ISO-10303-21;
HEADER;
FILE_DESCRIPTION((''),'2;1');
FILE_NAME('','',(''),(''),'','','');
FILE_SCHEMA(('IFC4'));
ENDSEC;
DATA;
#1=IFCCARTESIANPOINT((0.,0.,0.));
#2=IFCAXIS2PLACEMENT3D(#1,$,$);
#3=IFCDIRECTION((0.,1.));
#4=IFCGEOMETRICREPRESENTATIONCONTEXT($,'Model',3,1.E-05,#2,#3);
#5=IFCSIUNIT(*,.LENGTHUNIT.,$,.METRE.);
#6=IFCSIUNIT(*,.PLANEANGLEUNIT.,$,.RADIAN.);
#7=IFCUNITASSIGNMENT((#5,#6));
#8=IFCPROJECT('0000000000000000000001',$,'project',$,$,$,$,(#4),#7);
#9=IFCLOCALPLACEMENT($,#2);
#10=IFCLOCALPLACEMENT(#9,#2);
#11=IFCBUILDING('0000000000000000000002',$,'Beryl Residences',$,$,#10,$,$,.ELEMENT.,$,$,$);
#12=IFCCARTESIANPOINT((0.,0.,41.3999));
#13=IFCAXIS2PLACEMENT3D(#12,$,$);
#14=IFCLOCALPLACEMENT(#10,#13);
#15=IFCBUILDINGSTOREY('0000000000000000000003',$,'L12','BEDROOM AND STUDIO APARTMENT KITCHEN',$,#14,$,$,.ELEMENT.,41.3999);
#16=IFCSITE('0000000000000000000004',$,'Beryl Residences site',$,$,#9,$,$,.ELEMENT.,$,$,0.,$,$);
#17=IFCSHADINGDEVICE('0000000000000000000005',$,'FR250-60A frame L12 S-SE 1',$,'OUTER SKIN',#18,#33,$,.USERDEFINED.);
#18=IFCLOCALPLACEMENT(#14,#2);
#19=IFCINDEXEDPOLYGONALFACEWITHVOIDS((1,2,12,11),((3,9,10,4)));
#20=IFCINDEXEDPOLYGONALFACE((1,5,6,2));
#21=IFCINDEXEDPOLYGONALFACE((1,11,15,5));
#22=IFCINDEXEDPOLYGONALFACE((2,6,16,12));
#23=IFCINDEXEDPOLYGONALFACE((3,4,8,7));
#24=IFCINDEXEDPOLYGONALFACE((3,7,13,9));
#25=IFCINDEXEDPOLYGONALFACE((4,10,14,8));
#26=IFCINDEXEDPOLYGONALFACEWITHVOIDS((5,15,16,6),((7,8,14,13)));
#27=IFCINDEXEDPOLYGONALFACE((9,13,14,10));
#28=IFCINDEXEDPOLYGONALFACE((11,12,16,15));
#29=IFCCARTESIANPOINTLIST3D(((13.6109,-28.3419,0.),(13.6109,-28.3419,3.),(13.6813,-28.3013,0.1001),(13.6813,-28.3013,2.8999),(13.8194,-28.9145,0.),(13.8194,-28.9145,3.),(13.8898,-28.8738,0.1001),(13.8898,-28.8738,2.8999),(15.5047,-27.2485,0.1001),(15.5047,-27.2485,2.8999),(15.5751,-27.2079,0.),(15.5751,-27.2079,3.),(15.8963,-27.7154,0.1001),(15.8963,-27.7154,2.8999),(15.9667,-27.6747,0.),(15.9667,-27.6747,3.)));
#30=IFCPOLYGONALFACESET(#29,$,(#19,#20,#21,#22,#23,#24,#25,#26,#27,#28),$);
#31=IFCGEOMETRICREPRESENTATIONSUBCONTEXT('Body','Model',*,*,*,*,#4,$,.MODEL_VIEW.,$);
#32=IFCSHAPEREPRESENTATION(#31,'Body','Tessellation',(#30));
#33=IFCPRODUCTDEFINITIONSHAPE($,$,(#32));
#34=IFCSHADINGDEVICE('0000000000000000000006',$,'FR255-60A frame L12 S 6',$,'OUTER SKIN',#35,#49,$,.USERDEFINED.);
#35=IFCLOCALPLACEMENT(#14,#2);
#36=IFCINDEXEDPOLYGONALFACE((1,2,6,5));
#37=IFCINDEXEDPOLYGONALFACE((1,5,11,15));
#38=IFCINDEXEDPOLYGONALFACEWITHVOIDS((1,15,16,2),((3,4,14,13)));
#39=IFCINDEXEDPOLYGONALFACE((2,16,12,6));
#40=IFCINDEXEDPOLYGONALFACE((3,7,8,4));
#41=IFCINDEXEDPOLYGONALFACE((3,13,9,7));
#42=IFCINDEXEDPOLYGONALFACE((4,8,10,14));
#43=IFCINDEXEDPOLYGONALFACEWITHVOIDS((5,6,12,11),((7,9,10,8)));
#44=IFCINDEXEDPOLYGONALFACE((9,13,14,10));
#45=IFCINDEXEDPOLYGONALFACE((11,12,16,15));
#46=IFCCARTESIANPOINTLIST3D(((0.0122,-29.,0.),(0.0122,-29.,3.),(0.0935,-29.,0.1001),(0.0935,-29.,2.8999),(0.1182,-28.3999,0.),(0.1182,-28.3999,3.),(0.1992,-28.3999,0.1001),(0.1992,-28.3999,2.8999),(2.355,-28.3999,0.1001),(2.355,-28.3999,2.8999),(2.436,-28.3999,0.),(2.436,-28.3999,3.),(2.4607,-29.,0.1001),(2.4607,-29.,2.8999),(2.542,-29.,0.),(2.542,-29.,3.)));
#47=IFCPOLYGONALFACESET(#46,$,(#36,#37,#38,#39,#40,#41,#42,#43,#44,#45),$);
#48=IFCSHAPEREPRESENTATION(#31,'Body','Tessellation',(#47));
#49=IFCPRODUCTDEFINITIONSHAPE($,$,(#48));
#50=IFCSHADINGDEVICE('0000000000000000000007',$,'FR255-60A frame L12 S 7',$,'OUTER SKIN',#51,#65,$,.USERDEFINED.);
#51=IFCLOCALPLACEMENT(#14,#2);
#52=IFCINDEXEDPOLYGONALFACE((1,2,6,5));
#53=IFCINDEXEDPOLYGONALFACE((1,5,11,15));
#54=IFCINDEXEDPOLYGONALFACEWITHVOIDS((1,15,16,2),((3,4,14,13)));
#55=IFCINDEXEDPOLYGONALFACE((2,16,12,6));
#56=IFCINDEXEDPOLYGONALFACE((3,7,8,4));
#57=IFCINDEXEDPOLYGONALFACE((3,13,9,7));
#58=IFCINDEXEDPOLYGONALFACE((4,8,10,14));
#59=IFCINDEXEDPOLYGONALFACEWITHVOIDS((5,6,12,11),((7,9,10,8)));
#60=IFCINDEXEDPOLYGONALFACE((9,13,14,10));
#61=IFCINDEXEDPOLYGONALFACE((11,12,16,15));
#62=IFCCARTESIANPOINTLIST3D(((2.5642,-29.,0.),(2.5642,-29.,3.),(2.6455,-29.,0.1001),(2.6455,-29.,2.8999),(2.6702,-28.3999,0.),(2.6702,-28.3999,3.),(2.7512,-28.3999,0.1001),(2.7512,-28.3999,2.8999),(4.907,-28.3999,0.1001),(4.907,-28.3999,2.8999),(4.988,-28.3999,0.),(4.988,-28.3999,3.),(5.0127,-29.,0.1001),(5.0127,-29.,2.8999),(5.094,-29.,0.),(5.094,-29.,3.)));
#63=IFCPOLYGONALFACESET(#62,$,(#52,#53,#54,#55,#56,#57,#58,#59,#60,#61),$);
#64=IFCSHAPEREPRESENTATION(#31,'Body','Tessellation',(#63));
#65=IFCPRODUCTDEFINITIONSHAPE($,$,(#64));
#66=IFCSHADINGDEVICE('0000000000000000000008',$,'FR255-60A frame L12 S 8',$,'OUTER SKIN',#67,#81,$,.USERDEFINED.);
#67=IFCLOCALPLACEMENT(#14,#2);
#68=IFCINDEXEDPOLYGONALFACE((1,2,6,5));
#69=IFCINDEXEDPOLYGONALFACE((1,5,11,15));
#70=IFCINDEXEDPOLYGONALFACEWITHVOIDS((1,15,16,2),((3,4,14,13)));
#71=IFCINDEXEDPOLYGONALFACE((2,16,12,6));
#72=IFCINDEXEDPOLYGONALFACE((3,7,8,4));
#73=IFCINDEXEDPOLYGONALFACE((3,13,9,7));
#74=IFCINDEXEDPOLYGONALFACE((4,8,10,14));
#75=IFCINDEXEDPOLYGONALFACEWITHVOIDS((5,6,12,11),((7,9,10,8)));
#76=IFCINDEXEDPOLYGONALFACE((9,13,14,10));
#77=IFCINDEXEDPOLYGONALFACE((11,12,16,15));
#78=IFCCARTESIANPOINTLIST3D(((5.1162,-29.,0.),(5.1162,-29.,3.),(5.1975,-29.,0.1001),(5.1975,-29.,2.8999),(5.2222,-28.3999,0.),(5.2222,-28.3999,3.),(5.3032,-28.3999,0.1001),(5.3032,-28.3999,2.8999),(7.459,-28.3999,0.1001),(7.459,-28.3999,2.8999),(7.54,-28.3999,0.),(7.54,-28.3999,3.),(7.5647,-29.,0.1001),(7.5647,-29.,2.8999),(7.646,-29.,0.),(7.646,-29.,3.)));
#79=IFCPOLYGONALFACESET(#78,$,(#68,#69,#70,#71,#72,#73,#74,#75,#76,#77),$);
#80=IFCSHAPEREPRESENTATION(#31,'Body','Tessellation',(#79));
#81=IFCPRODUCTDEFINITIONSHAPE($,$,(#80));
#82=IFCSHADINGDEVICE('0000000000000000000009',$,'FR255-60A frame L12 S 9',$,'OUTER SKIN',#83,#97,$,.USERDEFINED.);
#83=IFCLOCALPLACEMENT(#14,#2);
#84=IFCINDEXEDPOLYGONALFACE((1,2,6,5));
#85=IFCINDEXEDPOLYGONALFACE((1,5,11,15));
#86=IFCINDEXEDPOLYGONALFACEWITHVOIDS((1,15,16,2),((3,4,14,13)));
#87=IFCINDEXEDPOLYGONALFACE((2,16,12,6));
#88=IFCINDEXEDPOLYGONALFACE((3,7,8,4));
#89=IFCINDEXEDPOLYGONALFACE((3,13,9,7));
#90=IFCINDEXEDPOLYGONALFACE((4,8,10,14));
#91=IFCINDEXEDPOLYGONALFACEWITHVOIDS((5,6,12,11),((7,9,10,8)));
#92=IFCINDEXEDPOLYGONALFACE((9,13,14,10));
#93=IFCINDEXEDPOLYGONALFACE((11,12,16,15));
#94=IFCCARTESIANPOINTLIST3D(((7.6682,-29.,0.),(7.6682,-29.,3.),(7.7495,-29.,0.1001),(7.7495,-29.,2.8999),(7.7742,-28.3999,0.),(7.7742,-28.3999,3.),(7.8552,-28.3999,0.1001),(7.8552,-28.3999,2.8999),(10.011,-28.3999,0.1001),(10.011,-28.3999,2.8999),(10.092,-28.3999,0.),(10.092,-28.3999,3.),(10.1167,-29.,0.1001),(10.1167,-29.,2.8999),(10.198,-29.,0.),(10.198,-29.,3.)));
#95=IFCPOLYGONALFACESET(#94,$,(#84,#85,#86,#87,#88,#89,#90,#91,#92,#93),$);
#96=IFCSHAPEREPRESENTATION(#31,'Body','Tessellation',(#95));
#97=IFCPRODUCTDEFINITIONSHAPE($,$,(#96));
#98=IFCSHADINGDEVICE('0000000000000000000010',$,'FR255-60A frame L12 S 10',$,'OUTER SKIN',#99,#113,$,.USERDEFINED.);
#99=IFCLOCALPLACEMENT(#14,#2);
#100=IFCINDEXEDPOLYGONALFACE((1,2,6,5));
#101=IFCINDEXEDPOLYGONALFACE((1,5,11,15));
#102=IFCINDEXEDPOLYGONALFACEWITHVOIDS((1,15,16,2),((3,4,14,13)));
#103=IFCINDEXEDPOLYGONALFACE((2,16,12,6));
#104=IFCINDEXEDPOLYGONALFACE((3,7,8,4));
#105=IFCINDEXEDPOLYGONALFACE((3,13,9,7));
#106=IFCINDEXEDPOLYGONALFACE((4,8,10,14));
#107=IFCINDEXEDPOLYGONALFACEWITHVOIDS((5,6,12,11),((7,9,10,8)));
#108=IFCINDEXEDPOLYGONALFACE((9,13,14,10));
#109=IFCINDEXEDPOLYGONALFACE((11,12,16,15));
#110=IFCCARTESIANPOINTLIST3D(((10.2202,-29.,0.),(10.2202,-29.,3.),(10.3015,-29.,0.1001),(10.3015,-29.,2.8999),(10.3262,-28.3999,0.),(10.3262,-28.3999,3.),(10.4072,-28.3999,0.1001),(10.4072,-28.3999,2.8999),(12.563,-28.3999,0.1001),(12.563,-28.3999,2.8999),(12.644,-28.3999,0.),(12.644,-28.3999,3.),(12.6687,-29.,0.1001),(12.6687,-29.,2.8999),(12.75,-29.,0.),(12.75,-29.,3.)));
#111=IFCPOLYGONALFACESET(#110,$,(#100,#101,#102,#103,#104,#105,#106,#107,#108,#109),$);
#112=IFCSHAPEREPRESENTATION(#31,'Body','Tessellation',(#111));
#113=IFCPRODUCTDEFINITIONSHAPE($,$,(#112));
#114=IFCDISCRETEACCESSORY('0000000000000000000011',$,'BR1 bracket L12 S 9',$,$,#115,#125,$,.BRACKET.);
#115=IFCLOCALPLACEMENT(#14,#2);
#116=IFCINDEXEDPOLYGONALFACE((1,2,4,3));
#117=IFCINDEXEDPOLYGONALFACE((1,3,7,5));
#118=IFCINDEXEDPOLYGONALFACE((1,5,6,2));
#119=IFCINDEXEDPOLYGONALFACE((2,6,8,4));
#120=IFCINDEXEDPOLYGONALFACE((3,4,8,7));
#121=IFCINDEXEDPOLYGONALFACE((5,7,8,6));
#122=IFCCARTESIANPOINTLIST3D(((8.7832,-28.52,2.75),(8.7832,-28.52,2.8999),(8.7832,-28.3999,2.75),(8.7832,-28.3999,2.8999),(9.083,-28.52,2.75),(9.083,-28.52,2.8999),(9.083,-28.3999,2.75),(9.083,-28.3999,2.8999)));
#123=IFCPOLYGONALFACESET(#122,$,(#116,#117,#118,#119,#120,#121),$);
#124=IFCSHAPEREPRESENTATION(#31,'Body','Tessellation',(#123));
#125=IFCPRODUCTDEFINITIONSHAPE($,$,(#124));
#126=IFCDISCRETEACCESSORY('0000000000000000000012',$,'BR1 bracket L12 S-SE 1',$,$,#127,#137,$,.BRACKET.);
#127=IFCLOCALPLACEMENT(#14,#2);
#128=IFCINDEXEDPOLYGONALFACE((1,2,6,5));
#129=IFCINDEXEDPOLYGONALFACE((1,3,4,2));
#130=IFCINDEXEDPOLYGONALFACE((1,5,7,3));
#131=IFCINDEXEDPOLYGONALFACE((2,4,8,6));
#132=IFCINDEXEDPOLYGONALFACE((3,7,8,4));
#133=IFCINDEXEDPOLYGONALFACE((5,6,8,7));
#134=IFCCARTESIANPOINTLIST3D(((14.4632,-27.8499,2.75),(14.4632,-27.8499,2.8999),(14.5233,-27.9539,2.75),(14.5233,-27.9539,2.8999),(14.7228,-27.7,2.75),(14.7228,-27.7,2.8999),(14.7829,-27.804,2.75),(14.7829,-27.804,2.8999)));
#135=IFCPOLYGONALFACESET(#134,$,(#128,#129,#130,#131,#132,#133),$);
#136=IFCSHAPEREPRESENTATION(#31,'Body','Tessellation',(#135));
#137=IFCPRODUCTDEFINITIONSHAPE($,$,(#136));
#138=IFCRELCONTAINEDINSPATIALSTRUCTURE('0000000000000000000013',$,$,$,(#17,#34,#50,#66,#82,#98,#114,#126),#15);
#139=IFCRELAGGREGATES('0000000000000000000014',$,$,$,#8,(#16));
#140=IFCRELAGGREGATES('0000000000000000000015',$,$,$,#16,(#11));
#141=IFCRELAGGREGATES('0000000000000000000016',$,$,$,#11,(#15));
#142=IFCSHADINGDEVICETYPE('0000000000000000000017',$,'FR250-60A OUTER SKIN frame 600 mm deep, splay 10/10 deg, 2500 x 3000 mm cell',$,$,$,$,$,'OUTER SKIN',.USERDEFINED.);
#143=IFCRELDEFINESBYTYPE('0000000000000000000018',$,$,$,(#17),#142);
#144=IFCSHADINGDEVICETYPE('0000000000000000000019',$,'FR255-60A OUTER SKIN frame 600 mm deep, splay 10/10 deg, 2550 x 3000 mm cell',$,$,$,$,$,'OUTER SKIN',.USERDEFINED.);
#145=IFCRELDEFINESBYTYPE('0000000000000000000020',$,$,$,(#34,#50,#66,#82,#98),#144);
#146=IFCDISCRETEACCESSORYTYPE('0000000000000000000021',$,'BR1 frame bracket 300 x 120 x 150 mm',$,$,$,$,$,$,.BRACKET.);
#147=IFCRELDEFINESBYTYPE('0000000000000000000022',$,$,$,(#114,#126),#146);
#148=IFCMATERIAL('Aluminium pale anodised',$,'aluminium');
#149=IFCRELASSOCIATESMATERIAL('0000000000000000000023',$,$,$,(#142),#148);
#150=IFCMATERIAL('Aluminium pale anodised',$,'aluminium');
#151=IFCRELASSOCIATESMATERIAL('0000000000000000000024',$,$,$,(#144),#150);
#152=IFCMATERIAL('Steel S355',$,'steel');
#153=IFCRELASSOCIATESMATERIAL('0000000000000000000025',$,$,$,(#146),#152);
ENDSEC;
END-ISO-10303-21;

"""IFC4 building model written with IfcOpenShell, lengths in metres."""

from ifc_helpers import new_model, entity, si_unit, direction, frame, origin, place, context, subcontext, project, spatial, polyline, outline, extrude, source, transform, mapped, material, type_object, type_shapes, element, save


model = new_model("IFC4")

# Units and contexts
model_context = context("Model", 3, precision=1e-05, world=origin(), true_north=direction((0.0, 1.0)))
body_context = subcontext(model_context, "Body", "Model", "MODEL_VIEW")
ifc_project = project(units=[si_unit("LENGTHUNIT", "METRE"), si_unit("PLANEANGLEUNIT", "RADIAN")], contexts=[model_context])

# Site, building, storey
site_placement = place(None, origin())
site = spatial("IfcSite", under=ifc_project, at=site_placement, Name="Beryl Residences site", CompositionType="ELEMENT", RefElevation=0.0)
building_placement = place(site_placement, origin())
building = spatial("IfcBuilding", under=site, at=building_placement, Name="Beryl Residences", CompositionType="ELEMENT")
storey_placement = place(building_placement, frame((0.0, 0.0, 41.3999)))
storey = spatial("IfcBuildingStorey", under=building, at=storey_placement, Name="L12", Description="BEDROOM AND STUDIO APARTMENT KITCHEN", CompositionType="ELEMENT", Elevation=41.3999)

# Shading devices
ifc_material_1 = material(Name="Aluminium pale anodised", Category="aluminium")
shading_device_type_1 = type_object("IfcShadingDeviceType", Name="FR250-60A OUTER SKIN frame 600 mm deep, splay 10/10 deg, 2500 x 3000 mm cell", ElementType="OUTER SKIN", PredefinedType="USERDEFINED", material=ifc_material_1)
cartesian_point_1 = entity("IfcCartesianPoint", [-1.134, 0.0])
cartesian_point_2 = entity("IfcCartesianPoint", [-1.0527, 0.1001])
cartesian_point_3 = entity("IfcCartesianPoint", [-1.2397, 0.0])
cartesian_point_4 = entity("IfcCartesianPoint", [-1.1584, 0.1001])
shared_shape_1 = source(origin(), body_context, "Body", "SweptSolid", [
    entity("IfcExtrudedAreaSolidTapered", entity("IfcArbitraryProfileDefWithVoids", "AREA", None, entity("IfcPolyline", [cartesian_point_1, entity("IfcCartesianPoint", [1.134, 0.0]), entity("IfcCartesianPoint", [1.134, 3.0]), entity("IfcCartesianPoint", [-1.134, 3.0]), cartesian_point_1]), [entity("IfcPolyline", [cartesian_point_2, entity("IfcCartesianPoint", [1.0527, 0.1001]), entity("IfcCartesianPoint", [1.0527, 2.8999]), entity("IfcCartesianPoint", [-1.0527, 2.8999]), cartesian_point_2])]), entity("IfcAxis2Placement3D", entity("IfcCartesianPoint", [0.0, 0.0, 0.0]), entity("IfcDirection", [0.0, 1.0, 0.0]), entity("IfcDirection", [-1.0, 0.0, 0.0])), entity("IfcDirection", [0.0, 0.0, 1.0]), 0.6001, entity("IfcArbitraryProfileDefWithVoids", "AREA", None, entity("IfcPolyline", [cartesian_point_3, entity("IfcCartesianPoint", [1.2397, 0.0]), entity("IfcCartesianPoint", [1.2397, 3.0]), entity("IfcCartesianPoint", [-1.2397, 3.0]), cartesian_point_3]), [entity("IfcPolyline", [cartesian_point_4, entity("IfcCartesianPoint", [1.1584, 0.1001]), entity("IfcCartesianPoint", [1.1584, 2.8999]), entity("IfcCartesianPoint", [-1.1584, 2.8999]), cartesian_point_4])])),
])
type_shapes(shading_device_type_1, [shared_shape_1])
shading_device_placement = place(storey_placement, frame((14.593, -27.7749, 0.0), z_axis=(0.0, 0.0, 1.0), x_axis=(-0.866025, -0.5, 0.0)))
element("IfcShadingDevice", 1, at=shading_device_placement, inside=storey, type_object=shading_device_type_1, Name="FR250-60A frame L12 S-SE 1", ObjectType="OUTER SKIN", PredefinedType="USERDEFINED", context=body_context, shape_type="MappedRepresentation", body=[
    mapped(shared_shape_1, transform((0.0, 0.0, 0.0))),
])
ifc_material_2 = material(Name="Aluminium pale anodised", Category="aluminium")
shading_device_type_2 = type_object("IfcShadingDeviceType", Name="FR255-60A OUTER SKIN frame 600 mm deep, splay 10/10 deg, 2550 x 3000 mm cell", ElementType="OUTER SKIN", PredefinedType="USERDEFINED", material=ifc_material_2)
cartesian_point_5 = entity("IfcCartesianPoint", [-1.1589, 0.0])
cartesian_point_6 = entity("IfcCartesianPoint", [-1.0779, 0.1001])
cartesian_point_7 = entity("IfcCartesianPoint", [-1.2649, 0.0])
cartesian_point_8 = entity("IfcCartesianPoint", [-1.1836, 0.1001])
shared_shape_2 = source(origin(), body_context, "Body", "SweptSolid", [
    entity("IfcExtrudedAreaSolidTapered", entity("IfcArbitraryProfileDefWithVoids", "AREA", None, entity("IfcPolyline", [cartesian_point_5, entity("IfcCartesianPoint", [1.1589, 0.0]), entity("IfcCartesianPoint", [1.1589, 3.0]), entity("IfcCartesianPoint", [-1.1589, 3.0]), cartesian_point_5]), [entity("IfcPolyline", [cartesian_point_6, entity("IfcCartesianPoint", [1.0779, 0.1001]), entity("IfcCartesianPoint", [1.0779, 2.8999]), entity("IfcCartesianPoint", [-1.0779, 2.8999]), cartesian_point_6])]), entity("IfcAxis2Placement3D", entity("IfcCartesianPoint", [0.0, 0.0, 0.0]), entity("IfcDirection", [0.0, 1.0, 0.0]), entity("IfcDirection", [-1.0, 0.0, 0.0])), entity("IfcDirection", [0.0, 0.0, 1.0]), 0.6001, entity("IfcArbitraryProfileDefWithVoids", "AREA", None, entity("IfcPolyline", [cartesian_point_7, entity("IfcCartesianPoint", [1.2649, 0.0]), entity("IfcCartesianPoint", [1.2649, 3.0]), entity("IfcCartesianPoint", [-1.2649, 3.0]), cartesian_point_7]), [entity("IfcPolyline", [cartesian_point_8, entity("IfcCartesianPoint", [1.1836, 0.1001]), entity("IfcCartesianPoint", [1.1836, 2.8999]), entity("IfcCartesianPoint", [-1.1836, 2.8999]), cartesian_point_8])])),
])
type_shapes(shading_device_type_2, [shared_shape_2])
for number, where, z_axis, x_axis, name in (
    (2, (1.2771, -28.3999, 0.0), (0.0, 0.0, 1.0), (-1.0, 0.0, 0.0), "FR255-60A frame L12 S 6"),
    (3, (3.8291, -28.3999, 0.0), (0.0, 0.0, 1.0), (-1.0, 0.0, 0.0), "FR255-60A frame L12 S 7"),
    (4, (6.3811, -28.3999, 0.0), (0.0, 0.0, 1.0), (-1.0, 0.0, 0.0), "FR255-60A frame L12 S 8"),
    (5, (8.9331, -28.3999, 0.0), (0.0, 0.0, 1.0), (-1.0, 0.0, 0.0), "FR255-60A frame L12 S 9"),
    (6, (11.4851, -28.3999, 0.0), (0.0, 0.0, 1.0), (-1.0, 0.0, 0.0), "FR255-60A frame L12 S 10"),
):
    element("IfcShadingDevice", number, at=place(storey_placement, frame(where, z_axis=z_axis, x_axis=x_axis)), inside=storey, type_object=shading_device_type_2, Name=name, ObjectType="OUTER SKIN", PredefinedType="USERDEFINED", context=body_context, shape_type="MappedRepresentation", body=[
        mapped(shared_shape_2, transform((0.0, 0.0, 0.0))),
    ])

# Discrete accessories
ifc_material_3 = material(Name="Steel S355", Category="steel")
discrete_accessory_type = type_object("IfcDiscreteAccessoryType", Name="BR1 frame bracket 300 x 120 x 150 mm", PredefinedType="BRACKET", material=ifc_material_3)
shared_shape_3 = source(origin(), body_context, "Body", "SweptSolid", [
    extrude(outline(polyline([(-0.1499, 0.0), (0.1499, 0.0), (0.1499, 0.1201), (-0.1499, 0.1201), (-0.1499, 0.0)])), origin(), (0.0, 0.0, 1.0), 0.1499),
])
type_shapes(discrete_accessory_type, [shared_shape_3])
for number, where, z_axis, x_axis, name in (
    (7, (8.9331, -28.3999, 2.75), (0.0, 0.0, 1.0), (-1.0, 0.0, 0.0), "BR1 bracket L12 S 9"),
    (8, (14.593, -27.7749, 2.75), (0.0, 0.0, 1.0), (-0.866025, -0.5, 0.0), "BR1 bracket L12 S-SE 1"),
):
    element("IfcDiscreteAccessory", number, at=place(storey_placement, frame(where, z_axis=z_axis, x_axis=x_axis)), inside=storey, type_object=discrete_accessory_type, Name=name, PredefinedType="BRACKET", context=body_context, shape_type="MappedRepresentation", body=[
        mapped(shared_shape_3, transform((0.0, 0.0, 0.0))),
    ])

save(model, "model.ifc")
